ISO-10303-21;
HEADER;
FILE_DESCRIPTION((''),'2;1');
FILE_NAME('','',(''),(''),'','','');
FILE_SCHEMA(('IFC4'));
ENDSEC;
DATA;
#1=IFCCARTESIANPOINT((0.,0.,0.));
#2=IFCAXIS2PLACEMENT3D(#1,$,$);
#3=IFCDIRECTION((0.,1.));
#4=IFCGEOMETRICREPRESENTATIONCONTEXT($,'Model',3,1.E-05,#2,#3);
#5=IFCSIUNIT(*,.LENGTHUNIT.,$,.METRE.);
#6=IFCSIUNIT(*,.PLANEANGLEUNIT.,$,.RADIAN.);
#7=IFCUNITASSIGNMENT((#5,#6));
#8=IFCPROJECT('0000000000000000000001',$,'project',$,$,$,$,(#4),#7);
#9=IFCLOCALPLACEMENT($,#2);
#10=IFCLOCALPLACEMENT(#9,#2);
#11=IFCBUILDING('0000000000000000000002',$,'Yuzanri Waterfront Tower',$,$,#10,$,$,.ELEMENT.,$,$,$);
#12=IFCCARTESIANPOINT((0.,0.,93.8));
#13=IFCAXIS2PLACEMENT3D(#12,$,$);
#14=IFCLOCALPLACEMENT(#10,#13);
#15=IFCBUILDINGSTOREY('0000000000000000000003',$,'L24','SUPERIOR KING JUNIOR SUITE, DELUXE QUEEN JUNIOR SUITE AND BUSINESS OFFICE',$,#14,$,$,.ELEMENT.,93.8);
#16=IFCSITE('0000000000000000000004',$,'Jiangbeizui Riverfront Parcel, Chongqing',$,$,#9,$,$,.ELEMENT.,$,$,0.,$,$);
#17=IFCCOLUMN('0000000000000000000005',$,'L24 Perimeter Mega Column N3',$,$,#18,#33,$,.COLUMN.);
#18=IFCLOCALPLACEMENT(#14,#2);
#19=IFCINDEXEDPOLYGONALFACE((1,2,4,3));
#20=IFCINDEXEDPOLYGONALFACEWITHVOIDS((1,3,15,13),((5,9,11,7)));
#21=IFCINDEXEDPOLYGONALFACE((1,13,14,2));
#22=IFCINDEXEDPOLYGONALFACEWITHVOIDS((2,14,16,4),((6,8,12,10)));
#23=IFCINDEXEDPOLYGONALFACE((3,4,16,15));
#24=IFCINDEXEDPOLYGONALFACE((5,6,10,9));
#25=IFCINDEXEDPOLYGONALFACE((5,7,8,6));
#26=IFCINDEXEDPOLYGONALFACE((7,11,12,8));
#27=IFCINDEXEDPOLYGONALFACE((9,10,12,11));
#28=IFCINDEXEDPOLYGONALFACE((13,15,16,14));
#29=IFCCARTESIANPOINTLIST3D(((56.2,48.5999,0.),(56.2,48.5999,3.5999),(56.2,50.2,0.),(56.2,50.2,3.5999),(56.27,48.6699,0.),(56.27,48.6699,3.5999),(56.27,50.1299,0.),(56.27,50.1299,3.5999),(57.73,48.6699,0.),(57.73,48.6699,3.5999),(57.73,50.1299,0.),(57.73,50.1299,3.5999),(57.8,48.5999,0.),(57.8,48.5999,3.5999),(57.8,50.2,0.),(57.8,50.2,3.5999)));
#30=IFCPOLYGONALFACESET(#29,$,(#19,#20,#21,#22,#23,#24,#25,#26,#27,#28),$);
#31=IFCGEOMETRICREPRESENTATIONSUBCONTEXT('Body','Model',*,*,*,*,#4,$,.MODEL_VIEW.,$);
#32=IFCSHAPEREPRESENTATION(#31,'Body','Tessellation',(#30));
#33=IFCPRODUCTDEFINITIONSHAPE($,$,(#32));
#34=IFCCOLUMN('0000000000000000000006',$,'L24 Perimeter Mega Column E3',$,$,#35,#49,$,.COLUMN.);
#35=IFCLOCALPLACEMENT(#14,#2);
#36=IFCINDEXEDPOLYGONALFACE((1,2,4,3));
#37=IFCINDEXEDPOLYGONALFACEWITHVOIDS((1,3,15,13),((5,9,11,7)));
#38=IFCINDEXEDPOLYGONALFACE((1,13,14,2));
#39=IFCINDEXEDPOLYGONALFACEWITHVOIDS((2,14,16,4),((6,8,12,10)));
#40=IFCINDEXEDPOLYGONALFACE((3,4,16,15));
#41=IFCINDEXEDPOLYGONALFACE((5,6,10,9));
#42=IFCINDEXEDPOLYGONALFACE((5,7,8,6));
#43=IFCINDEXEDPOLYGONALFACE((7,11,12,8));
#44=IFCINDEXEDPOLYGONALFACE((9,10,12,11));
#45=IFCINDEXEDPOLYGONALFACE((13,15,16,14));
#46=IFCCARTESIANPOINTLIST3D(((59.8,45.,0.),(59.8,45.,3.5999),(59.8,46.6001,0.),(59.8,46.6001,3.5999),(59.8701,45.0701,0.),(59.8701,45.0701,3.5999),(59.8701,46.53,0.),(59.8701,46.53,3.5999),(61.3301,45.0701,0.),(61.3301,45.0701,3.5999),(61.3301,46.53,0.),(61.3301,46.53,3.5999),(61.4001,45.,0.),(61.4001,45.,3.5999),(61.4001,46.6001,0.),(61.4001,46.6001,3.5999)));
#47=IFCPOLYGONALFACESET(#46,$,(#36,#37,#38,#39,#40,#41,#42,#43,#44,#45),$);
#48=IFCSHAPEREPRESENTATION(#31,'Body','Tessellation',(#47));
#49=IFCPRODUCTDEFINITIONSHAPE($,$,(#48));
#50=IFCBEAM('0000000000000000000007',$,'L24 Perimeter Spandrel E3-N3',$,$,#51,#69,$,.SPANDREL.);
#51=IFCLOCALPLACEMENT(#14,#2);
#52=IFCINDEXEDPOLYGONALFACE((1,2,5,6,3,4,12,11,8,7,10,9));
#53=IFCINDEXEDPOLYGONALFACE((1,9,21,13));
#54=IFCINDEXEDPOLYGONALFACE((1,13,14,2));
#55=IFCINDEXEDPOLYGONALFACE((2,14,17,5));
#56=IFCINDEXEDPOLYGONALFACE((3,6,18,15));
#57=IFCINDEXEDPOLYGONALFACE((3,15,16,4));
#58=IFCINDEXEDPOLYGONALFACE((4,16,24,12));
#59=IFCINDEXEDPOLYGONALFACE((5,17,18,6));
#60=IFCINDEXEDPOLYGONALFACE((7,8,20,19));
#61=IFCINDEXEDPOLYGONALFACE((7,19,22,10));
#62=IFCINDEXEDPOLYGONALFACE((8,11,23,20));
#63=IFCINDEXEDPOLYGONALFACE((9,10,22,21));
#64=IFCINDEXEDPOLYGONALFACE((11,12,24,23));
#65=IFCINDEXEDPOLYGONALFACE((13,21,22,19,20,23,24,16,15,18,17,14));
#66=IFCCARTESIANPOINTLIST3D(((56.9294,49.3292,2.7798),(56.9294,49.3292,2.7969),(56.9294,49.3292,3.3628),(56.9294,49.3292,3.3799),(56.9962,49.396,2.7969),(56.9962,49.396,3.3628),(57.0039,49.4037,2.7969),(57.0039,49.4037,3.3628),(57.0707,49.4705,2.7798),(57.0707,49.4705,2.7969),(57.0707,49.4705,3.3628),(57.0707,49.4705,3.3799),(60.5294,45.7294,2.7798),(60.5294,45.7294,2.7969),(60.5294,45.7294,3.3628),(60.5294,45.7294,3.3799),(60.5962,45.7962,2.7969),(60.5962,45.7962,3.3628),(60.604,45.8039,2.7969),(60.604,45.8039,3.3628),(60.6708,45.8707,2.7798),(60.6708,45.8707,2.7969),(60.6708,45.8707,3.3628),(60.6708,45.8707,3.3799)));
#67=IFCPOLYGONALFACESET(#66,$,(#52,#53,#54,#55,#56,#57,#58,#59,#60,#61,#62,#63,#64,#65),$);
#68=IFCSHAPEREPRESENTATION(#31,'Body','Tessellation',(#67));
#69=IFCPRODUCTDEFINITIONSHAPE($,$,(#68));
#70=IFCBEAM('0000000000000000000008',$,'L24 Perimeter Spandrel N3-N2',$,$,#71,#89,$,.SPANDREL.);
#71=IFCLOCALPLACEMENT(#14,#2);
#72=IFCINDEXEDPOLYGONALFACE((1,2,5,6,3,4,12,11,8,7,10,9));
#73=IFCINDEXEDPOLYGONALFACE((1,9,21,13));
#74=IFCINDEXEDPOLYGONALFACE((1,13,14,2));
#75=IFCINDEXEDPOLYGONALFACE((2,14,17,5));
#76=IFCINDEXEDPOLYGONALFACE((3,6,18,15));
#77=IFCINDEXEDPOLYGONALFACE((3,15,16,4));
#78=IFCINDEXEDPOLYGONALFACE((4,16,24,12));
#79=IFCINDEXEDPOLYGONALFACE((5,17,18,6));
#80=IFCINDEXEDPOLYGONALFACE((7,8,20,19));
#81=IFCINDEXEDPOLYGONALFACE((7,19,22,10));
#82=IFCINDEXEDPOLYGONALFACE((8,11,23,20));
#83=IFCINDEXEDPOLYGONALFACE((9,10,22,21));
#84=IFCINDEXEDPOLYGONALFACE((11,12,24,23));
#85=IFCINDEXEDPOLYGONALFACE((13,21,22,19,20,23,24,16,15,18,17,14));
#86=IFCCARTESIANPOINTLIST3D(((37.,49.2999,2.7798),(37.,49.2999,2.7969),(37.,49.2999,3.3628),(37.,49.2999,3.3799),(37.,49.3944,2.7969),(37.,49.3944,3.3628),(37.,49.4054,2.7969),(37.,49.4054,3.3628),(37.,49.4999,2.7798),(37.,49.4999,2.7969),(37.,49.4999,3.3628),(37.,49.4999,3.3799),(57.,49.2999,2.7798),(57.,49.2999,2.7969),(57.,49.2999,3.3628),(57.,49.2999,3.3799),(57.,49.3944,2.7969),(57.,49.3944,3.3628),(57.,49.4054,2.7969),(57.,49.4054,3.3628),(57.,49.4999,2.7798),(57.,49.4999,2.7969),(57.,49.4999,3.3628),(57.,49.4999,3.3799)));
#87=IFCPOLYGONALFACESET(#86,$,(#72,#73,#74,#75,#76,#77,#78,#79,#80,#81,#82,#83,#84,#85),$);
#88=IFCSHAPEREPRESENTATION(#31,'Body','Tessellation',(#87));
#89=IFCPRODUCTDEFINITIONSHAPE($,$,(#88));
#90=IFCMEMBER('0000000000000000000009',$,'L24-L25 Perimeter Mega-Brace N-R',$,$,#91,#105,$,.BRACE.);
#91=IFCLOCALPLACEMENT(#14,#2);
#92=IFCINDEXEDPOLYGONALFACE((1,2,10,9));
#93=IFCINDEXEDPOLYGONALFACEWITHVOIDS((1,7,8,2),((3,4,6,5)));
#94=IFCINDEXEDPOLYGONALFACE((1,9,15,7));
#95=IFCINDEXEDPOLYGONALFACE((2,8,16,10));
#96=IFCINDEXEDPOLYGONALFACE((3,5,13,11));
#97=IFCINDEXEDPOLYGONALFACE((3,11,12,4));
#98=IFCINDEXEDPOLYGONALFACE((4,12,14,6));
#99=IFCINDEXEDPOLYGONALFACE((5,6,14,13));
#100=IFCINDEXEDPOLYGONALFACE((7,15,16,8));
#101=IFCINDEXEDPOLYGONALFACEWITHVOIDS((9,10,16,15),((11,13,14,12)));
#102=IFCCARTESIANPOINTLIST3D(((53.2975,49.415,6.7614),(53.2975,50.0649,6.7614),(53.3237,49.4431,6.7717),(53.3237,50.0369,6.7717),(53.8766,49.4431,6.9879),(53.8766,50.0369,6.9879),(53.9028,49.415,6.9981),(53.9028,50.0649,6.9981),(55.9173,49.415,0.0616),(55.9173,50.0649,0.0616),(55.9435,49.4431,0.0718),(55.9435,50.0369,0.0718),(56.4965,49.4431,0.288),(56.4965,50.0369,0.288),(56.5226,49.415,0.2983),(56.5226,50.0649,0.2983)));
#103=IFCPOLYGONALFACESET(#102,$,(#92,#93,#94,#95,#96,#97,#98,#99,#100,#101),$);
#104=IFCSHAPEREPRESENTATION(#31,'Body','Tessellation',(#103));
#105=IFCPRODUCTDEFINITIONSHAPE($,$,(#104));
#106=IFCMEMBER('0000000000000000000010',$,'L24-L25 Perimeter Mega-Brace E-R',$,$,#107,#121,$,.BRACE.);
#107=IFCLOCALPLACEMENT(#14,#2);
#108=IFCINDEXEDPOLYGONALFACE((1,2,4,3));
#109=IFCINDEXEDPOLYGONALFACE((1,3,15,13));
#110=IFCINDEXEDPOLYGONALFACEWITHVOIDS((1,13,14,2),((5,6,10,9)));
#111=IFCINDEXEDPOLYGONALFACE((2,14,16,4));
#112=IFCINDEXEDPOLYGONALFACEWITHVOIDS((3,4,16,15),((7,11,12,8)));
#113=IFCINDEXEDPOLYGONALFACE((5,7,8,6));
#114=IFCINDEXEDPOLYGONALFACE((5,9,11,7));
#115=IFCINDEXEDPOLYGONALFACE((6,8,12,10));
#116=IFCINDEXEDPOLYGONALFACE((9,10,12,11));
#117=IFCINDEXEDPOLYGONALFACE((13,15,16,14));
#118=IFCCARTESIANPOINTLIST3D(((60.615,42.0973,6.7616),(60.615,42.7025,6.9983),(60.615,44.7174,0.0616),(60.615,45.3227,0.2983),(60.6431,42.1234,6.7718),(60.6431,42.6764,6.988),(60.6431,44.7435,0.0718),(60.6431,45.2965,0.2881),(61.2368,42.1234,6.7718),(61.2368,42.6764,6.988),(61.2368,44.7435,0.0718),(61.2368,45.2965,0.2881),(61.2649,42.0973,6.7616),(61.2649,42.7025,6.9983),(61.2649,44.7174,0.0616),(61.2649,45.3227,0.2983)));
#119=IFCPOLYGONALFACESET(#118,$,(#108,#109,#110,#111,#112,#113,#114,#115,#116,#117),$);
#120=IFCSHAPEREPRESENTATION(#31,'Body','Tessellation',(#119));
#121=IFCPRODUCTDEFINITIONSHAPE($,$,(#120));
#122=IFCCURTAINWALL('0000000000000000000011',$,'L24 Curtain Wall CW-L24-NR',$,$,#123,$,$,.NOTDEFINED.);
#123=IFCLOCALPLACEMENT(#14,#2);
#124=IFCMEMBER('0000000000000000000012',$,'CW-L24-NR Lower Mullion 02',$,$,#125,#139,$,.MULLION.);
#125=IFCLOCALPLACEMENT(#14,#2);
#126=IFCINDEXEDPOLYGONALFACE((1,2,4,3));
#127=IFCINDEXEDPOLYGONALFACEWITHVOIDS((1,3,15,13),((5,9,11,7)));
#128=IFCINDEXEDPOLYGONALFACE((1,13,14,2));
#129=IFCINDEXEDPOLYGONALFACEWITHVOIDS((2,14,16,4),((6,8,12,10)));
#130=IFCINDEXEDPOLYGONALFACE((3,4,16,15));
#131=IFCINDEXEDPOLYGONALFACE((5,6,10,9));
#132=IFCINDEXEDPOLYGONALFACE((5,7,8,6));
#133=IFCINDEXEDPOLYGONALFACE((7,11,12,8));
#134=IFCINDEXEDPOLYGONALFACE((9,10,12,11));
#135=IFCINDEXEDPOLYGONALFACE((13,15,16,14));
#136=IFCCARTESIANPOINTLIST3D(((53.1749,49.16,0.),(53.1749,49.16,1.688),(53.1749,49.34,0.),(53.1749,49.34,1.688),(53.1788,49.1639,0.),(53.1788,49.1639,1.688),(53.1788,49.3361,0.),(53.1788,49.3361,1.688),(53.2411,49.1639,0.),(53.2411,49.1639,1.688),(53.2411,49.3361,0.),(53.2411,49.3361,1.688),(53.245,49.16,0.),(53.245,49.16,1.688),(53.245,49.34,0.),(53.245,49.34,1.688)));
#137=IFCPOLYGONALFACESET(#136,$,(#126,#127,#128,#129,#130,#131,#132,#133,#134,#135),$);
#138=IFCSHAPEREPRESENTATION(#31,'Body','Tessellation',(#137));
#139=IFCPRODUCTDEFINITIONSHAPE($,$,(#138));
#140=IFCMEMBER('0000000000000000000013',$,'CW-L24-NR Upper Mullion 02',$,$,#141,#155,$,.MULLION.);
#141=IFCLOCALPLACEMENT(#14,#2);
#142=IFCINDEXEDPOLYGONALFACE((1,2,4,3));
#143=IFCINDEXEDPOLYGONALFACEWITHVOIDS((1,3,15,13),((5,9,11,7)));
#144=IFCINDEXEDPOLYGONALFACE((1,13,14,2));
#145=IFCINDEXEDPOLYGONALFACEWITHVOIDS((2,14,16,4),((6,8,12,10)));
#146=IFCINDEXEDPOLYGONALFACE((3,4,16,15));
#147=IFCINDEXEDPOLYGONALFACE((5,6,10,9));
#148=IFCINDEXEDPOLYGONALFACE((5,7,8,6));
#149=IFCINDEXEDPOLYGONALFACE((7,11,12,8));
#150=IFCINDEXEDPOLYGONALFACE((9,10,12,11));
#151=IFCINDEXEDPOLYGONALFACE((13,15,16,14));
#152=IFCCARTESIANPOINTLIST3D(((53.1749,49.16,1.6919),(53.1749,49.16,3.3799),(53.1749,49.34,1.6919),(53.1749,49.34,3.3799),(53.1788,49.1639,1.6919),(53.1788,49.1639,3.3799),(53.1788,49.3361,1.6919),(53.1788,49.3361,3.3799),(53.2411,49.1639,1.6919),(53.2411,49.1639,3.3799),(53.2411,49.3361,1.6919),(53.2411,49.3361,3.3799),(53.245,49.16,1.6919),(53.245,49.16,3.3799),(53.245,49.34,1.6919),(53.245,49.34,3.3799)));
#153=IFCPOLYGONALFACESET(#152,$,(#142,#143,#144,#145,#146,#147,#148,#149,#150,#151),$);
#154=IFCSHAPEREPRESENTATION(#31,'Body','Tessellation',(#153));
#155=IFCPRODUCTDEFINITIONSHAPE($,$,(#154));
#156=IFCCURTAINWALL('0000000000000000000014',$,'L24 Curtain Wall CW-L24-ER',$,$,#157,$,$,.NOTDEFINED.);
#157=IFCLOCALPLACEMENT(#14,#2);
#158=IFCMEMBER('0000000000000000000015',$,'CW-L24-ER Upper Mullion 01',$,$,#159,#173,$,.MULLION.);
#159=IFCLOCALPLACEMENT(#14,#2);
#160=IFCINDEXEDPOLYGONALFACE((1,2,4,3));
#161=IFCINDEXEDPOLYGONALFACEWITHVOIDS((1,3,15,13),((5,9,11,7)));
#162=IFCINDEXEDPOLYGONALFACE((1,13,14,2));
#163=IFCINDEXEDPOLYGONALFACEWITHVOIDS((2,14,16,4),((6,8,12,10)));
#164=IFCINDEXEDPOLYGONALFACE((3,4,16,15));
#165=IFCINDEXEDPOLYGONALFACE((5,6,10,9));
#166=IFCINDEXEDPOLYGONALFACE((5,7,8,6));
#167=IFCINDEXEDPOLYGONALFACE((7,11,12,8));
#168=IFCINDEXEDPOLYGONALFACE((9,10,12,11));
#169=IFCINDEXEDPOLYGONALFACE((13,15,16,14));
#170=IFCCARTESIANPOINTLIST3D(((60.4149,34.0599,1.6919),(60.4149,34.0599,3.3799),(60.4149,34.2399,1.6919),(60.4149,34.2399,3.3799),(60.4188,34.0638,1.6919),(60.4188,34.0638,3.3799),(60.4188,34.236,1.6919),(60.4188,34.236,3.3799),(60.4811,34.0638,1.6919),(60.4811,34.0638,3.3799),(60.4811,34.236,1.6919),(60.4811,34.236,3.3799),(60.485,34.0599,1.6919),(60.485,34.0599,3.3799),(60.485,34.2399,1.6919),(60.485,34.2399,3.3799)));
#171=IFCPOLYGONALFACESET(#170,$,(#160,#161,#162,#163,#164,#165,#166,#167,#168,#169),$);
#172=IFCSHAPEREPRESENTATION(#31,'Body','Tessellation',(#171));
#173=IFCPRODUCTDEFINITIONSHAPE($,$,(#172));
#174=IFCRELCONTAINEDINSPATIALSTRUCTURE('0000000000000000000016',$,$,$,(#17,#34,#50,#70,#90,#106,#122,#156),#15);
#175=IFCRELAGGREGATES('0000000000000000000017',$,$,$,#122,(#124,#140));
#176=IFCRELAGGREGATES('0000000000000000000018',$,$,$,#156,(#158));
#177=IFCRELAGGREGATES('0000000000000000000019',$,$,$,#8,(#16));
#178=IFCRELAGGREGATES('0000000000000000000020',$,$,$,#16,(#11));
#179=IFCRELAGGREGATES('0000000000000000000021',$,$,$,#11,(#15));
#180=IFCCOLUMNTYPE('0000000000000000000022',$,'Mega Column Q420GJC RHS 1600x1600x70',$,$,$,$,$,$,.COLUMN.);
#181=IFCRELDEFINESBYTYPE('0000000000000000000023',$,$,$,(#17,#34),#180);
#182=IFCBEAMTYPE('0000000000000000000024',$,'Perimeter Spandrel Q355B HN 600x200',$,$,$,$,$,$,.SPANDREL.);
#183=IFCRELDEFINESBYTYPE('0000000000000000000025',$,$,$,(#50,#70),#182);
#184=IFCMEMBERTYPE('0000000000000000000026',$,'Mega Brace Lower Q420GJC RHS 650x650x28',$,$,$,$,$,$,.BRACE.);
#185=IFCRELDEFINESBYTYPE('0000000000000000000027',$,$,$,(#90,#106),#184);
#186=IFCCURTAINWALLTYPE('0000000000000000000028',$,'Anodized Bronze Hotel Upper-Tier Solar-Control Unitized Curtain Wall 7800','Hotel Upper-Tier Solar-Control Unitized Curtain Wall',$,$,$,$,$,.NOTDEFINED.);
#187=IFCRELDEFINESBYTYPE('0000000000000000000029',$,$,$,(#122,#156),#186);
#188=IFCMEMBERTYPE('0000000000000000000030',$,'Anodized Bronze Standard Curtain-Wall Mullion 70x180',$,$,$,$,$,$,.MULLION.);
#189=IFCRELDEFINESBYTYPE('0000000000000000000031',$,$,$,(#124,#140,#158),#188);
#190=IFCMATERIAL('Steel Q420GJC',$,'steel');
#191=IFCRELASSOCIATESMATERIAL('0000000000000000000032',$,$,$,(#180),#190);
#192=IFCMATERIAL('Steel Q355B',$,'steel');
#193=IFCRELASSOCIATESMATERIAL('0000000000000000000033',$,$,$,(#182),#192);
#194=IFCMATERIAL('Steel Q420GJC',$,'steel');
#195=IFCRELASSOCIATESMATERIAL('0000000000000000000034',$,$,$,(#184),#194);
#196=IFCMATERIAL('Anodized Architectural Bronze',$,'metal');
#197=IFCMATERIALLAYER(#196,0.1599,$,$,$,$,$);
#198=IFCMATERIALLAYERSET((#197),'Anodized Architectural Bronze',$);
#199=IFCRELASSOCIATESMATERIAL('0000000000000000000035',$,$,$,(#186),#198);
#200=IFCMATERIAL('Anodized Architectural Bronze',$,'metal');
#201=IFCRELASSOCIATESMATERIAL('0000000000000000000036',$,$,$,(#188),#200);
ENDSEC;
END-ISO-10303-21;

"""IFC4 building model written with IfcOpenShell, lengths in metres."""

from ifc_helpers import new_model, si_unit, direction, frame, origin, origin_2d, place, context, subcontext, project, spatial, hollow_rectangle, i_section, extrude, source, transform, mapped, material, layer, layer_set, material_profile, profile_set, type_object, element, aggregate, save


model = new_model("IFC4")

# Units and contexts
model_context = context("Model", 3, precision=1e-05, world=origin(), true_north=direction((0.0, 1.0)))
body_context = subcontext(model_context, "Body", "Model", "MODEL_VIEW")
ifc_project = project(units=[si_unit("LENGTHUNIT", "METRE"), si_unit("PLANEANGLEUNIT", "RADIAN")], contexts=[model_context])

# Site, building, storey
site_placement = place(None, origin())
site = spatial("IfcSite", under=ifc_project, at=site_placement, Name="Jiangbeizui Riverfront Parcel, Chongqing", CompositionType="ELEMENT", RefElevation=0.0)
building_placement = place(site_placement, origin())
building = spatial("IfcBuilding", under=site, at=building_placement, Name="Yuzanri Waterfront Tower", CompositionType="ELEMENT")
storey_placement = place(building_placement, frame((0.0, 0.0, 93.8)))
storey = spatial("IfcBuildingStorey", under=building, at=storey_placement, Name="L24", Description="SUPERIOR KING JUNIOR SUITE, DELUXE QUEEN JUNIOR SUITE AND BUSINESS OFFICE", CompositionType="ELEMENT", Elevation=93.8)

# Columns
ifc_material_1 = material(Name="Steel Q420GJC", Category="steel")
ifc_material_profile_1 = material_profile(ifc_material_1, hollow_rectangle(XDim=1.6001, YDim=1.6001, WallThickness=0.0701, at=origin_2d()), Name="RHS 1600x1600x70")
ifc_profile_set_1 = profile_set([ifc_material_profile_1], Name="Steel Q420GJC")
column_type = type_object("IfcColumnType", Name="Mega Column Q420GJC RHS 1600x1600x70", PredefinedType="COLUMN", material=ifc_profile_set_1)
shared_shape_1 = source(origin(), body_context, "Body", "SweptSolid", [
    extrude(hollow_rectangle(XDim=1.6001, YDim=1.6001, WallThickness=0.0701, at=origin_2d()), origin(), (0.0, 0.0, 1.0), 3.5999),
])
for number, where, z_axis, x_axis, name in (
    (1, (57.0, 49.3999, 0.0), (0.0, 0.0, 1.0), (1.0, 0.0, 0.0), "L24 Perimeter Mega Column N3"),
    (2, (60.6001, 45.8, 0.0), (0.0, 0.0, 1.0), (1.0, 0.0, 0.0), "L24 Perimeter Mega Column E3"),
):
    element("IfcColumn", number, at=place(storey_placement, frame(where, z_axis=z_axis, x_axis=x_axis)), inside=storey, type_object=column_type, Name=name, PredefinedType="COLUMN", context=body_context, shape_type="MappedRepresentation", body=[
        mapped(shared_shape_1, transform((0.0, 0.0, 0.0), scale=1.0)),
    ])

# Beams
ifc_material_2 = material(Name="Steel Q355B", Category="steel")
ifc_material_profile_2 = material_profile(ifc_material_2, i_section(OverallWidth=0.2, OverallDepth=0.6001, WebThickness=0.011, FlangeThickness=0.0171, at=origin_2d()), Name="HN 600x200x11x17")
ifc_profile_set_2 = profile_set([ifc_material_profile_2], Name="Steel Q355B")
beam_type = type_object("IfcBeamType", Name="Perimeter Spandrel Q355B HN 600x200", PredefinedType="SPANDREL", material=ifc_profile_set_2)
shared_shape_2 = source(origin(), body_context, "Body", "SweptSolid", [
    extrude(i_section(OverallWidth=0.2, OverallDepth=0.6001, WebThickness=0.011, FlangeThickness=0.0171, at=origin_2d()), origin(), (0.0, 0.0, 1.0), 5.0911),
])
beam_1_placement = place(storey_placement, frame((60.6001, 45.8, 3.0798), z_axis=(-0.707131, 0.707083, 0.0), x_axis=(-0.707083, -0.707131, 0.0)))
element("IfcBeam", 3, at=beam_1_placement, inside=storey, type_object=beam_type, Name="L24 Perimeter Spandrel E3-N3", PredefinedType="SPANDREL", context=body_context, shape_type="MappedRepresentation", body=[
    mapped(shared_shape_2, transform((0.0, 0.0, 0.0), scale=1.0)),
])
shared_shape_3 = source(origin(), body_context, "Body", "SweptSolid", [
    extrude(i_section(OverallWidth=0.2, OverallDepth=0.6001, WebThickness=0.011, FlangeThickness=0.0171, at=origin_2d()), origin(), (0.0, 0.0, 1.0), 20.0),
])
beam_2_placement = place(storey_placement, frame((57.0, 49.3999, 3.0798), z_axis=(-1.0, 0.0, 0.0), x_axis=(0.0, -1.0, 0.0)))
element("IfcBeam", 4, at=beam_2_placement, inside=storey, type_object=beam_type, Name="L24 Perimeter Spandrel N3-N2", PredefinedType="SPANDREL", context=body_context, shape_type="MappedRepresentation", body=[
    mapped(shared_shape_3, transform((0.0, 0.0, 0.0), scale=1.0)),
])

# Members
ifc_material_3 = material(Name="Steel Q420GJC", Category="steel")
ifc_material_profile_3 = material_profile(ifc_material_3, hollow_rectangle(XDim=0.6499, YDim=0.6499, WallThickness=0.0281, at=origin_2d()), Name="RHS 650x650x28")
ifc_profile_set_3 = profile_set([ifc_material_profile_3], Name="Steel Q420GJC")
member_type_1 = type_object("IfcMemberType", Name="Mega Brace Lower Q420GJC RHS 650x650x28", PredefinedType="BRACE", material=ifc_profile_set_3)
shared_shape_4 = source(origin(), body_context, "Body", "SweptSolid", [
    extrude(hollow_rectangle(XDim=0.6499, YDim=0.6499, WallThickness=0.0281, at=origin_2d()), origin(), (0.0, 0.0, 1.0), 7.1938),
])
member_1_placement = place(storey_placement, frame((56.22, 49.74, 0.1799), z_axis=(-0.364177, 0.0, 0.93133), x_axis=(0.0, -1.0, 0.0)))
element("IfcMember", 5, at=member_1_placement, inside=storey, type_object=member_type_1, Name="L24-L25 Perimeter Mega-Brace N-R", PredefinedType="BRACE", context=body_context, shape_type="MappedRepresentation", body=[
    mapped(shared_shape_4, transform((0.0, 0.0, 0.0), scale=1.0)),
])
shared_shape_5 = source(origin(), body_context, "Body", "SweptSolid", [
    extrude(hollow_rectangle(XDim=0.6499, YDim=0.6499, WallThickness=0.0281, at=origin_2d()), origin(), (0.0, 0.0, 1.0), 7.1941),
])
member_2_placement = place(storey_placement, frame((60.9399, 45.02, 0.1799), z_axis=(0.0, -0.364206, 0.931318), x_axis=(1.0, 0.0, 0.0)))
element("IfcMember", 6, at=member_2_placement, inside=storey, type_object=member_type_1, Name="L24-L25 Perimeter Mega-Brace E-R", PredefinedType="BRACE", context=body_context, shape_type="MappedRepresentation", body=[
    mapped(shared_shape_5, transform((0.0, 0.0, 0.0), scale=1.0)),
])

# Curtain walls, members
ifc_material_4 = material(Name="Anodized Architectural Bronze", Category="metal")
ifc_layer_1 = layer(ifc_material_4, 0.1599)
ifc_layer_set_1 = layer_set([ifc_layer_1], Name="Anodized Architectural Bronze")
curtain_wall_type = type_object("IfcCurtainWallType", Name="Anodized Bronze Hotel Upper-Tier Solar-Control Unitized Curtain Wall 7800", Description="Hotel Upper-Tier Solar-Control Unitized Curtain Wall", PredefinedType="NOTDEFINED", material=ifc_layer_set_1)
curtain_wall_1_placement = place(storey_placement, origin())
curtain_wall_1 = element("IfcCurtainWall", 7, at=curtain_wall_1_placement, inside=storey, type_object=curtain_wall_type, Name="L24 Curtain Wall CW-L24-NR", PredefinedType="NOTDEFINED")
ifc_material_5 = material(Name="Anodized Architectural Bronze", Category="metal")
ifc_material_profile_4 = material_profile(ifc_material_5, hollow_rectangle(XDim=0.0701, YDim=0.1799, WallThickness=0.0039, at=origin_2d()), Name="CWM 70x180")
ifc_profile_set_4 = profile_set([ifc_material_profile_4], Name="Anodized Architectural Bronze")
member_type_2 = type_object("IfcMemberType", Name="Anodized Bronze Standard Curtain-Wall Mullion 70x180", PredefinedType="MULLION", material=ifc_profile_set_4)
shared_shape_6 = source(origin(), body_context, "Body", "SweptSolid", [
    extrude(hollow_rectangle(XDim=0.0701, YDim=0.1799, WallThickness=0.0039, at=origin_2d()), origin(), (0.0, 0.0, 1.0), 1.688),
])
member_3_placement = place(storey_placement, frame((53.21, 49.25, 0.0), z_axis=(0.0, 0.0, 1.0), x_axis=(1.0, 0.0, 0.0)))
member_3 = element("IfcMember", 8, at=member_3_placement, type_object=member_type_2, Name="CW-L24-NR Lower Mullion 02", PredefinedType="MULLION", context=body_context, shape_type="MappedRepresentation", body=[
    mapped(shared_shape_6, transform((0.0, 0.0, 0.0), scale=1.0)),
])
member_4_placement = place(storey_placement, frame((53.21, 49.25, 1.6919), z_axis=(0.0, 0.0, 1.0), x_axis=(1.0, 0.0, 0.0)))
member_4 = element("IfcMember", 9, at=member_4_placement, type_object=member_type_2, Name="CW-L24-NR Upper Mullion 02", PredefinedType="MULLION", context=body_context, shape_type="MappedRepresentation", body=[
    mapped(shared_shape_6, transform((0.0, 0.0, 0.0), scale=1.0)),
])
curtain_wall_2_placement = place(storey_placement, origin())
curtain_wall_2 = element("IfcCurtainWall", 10, at=curtain_wall_2_placement, inside=storey, type_object=curtain_wall_type, Name="L24 Curtain Wall CW-L24-ER", PredefinedType="NOTDEFINED")
member_5_placement = place(storey_placement, frame((60.45, 34.1499, 1.6919), z_axis=(0.0, 0.0, 1.0), x_axis=(1.0, 0.0, 0.0)))
member_5 = element("IfcMember", 11, at=member_5_placement, type_object=member_type_2, Name="CW-L24-ER Upper Mullion 01", PredefinedType="MULLION", context=body_context, shape_type="MappedRepresentation", body=[
    mapped(shared_shape_6, transform((0.0, 0.0, 0.0), scale=1.0)),
])

aggregate(curtain_wall_1, [member_3, member_4])
aggregate(curtain_wall_2, [member_5])

save(model, "model.ifc")
